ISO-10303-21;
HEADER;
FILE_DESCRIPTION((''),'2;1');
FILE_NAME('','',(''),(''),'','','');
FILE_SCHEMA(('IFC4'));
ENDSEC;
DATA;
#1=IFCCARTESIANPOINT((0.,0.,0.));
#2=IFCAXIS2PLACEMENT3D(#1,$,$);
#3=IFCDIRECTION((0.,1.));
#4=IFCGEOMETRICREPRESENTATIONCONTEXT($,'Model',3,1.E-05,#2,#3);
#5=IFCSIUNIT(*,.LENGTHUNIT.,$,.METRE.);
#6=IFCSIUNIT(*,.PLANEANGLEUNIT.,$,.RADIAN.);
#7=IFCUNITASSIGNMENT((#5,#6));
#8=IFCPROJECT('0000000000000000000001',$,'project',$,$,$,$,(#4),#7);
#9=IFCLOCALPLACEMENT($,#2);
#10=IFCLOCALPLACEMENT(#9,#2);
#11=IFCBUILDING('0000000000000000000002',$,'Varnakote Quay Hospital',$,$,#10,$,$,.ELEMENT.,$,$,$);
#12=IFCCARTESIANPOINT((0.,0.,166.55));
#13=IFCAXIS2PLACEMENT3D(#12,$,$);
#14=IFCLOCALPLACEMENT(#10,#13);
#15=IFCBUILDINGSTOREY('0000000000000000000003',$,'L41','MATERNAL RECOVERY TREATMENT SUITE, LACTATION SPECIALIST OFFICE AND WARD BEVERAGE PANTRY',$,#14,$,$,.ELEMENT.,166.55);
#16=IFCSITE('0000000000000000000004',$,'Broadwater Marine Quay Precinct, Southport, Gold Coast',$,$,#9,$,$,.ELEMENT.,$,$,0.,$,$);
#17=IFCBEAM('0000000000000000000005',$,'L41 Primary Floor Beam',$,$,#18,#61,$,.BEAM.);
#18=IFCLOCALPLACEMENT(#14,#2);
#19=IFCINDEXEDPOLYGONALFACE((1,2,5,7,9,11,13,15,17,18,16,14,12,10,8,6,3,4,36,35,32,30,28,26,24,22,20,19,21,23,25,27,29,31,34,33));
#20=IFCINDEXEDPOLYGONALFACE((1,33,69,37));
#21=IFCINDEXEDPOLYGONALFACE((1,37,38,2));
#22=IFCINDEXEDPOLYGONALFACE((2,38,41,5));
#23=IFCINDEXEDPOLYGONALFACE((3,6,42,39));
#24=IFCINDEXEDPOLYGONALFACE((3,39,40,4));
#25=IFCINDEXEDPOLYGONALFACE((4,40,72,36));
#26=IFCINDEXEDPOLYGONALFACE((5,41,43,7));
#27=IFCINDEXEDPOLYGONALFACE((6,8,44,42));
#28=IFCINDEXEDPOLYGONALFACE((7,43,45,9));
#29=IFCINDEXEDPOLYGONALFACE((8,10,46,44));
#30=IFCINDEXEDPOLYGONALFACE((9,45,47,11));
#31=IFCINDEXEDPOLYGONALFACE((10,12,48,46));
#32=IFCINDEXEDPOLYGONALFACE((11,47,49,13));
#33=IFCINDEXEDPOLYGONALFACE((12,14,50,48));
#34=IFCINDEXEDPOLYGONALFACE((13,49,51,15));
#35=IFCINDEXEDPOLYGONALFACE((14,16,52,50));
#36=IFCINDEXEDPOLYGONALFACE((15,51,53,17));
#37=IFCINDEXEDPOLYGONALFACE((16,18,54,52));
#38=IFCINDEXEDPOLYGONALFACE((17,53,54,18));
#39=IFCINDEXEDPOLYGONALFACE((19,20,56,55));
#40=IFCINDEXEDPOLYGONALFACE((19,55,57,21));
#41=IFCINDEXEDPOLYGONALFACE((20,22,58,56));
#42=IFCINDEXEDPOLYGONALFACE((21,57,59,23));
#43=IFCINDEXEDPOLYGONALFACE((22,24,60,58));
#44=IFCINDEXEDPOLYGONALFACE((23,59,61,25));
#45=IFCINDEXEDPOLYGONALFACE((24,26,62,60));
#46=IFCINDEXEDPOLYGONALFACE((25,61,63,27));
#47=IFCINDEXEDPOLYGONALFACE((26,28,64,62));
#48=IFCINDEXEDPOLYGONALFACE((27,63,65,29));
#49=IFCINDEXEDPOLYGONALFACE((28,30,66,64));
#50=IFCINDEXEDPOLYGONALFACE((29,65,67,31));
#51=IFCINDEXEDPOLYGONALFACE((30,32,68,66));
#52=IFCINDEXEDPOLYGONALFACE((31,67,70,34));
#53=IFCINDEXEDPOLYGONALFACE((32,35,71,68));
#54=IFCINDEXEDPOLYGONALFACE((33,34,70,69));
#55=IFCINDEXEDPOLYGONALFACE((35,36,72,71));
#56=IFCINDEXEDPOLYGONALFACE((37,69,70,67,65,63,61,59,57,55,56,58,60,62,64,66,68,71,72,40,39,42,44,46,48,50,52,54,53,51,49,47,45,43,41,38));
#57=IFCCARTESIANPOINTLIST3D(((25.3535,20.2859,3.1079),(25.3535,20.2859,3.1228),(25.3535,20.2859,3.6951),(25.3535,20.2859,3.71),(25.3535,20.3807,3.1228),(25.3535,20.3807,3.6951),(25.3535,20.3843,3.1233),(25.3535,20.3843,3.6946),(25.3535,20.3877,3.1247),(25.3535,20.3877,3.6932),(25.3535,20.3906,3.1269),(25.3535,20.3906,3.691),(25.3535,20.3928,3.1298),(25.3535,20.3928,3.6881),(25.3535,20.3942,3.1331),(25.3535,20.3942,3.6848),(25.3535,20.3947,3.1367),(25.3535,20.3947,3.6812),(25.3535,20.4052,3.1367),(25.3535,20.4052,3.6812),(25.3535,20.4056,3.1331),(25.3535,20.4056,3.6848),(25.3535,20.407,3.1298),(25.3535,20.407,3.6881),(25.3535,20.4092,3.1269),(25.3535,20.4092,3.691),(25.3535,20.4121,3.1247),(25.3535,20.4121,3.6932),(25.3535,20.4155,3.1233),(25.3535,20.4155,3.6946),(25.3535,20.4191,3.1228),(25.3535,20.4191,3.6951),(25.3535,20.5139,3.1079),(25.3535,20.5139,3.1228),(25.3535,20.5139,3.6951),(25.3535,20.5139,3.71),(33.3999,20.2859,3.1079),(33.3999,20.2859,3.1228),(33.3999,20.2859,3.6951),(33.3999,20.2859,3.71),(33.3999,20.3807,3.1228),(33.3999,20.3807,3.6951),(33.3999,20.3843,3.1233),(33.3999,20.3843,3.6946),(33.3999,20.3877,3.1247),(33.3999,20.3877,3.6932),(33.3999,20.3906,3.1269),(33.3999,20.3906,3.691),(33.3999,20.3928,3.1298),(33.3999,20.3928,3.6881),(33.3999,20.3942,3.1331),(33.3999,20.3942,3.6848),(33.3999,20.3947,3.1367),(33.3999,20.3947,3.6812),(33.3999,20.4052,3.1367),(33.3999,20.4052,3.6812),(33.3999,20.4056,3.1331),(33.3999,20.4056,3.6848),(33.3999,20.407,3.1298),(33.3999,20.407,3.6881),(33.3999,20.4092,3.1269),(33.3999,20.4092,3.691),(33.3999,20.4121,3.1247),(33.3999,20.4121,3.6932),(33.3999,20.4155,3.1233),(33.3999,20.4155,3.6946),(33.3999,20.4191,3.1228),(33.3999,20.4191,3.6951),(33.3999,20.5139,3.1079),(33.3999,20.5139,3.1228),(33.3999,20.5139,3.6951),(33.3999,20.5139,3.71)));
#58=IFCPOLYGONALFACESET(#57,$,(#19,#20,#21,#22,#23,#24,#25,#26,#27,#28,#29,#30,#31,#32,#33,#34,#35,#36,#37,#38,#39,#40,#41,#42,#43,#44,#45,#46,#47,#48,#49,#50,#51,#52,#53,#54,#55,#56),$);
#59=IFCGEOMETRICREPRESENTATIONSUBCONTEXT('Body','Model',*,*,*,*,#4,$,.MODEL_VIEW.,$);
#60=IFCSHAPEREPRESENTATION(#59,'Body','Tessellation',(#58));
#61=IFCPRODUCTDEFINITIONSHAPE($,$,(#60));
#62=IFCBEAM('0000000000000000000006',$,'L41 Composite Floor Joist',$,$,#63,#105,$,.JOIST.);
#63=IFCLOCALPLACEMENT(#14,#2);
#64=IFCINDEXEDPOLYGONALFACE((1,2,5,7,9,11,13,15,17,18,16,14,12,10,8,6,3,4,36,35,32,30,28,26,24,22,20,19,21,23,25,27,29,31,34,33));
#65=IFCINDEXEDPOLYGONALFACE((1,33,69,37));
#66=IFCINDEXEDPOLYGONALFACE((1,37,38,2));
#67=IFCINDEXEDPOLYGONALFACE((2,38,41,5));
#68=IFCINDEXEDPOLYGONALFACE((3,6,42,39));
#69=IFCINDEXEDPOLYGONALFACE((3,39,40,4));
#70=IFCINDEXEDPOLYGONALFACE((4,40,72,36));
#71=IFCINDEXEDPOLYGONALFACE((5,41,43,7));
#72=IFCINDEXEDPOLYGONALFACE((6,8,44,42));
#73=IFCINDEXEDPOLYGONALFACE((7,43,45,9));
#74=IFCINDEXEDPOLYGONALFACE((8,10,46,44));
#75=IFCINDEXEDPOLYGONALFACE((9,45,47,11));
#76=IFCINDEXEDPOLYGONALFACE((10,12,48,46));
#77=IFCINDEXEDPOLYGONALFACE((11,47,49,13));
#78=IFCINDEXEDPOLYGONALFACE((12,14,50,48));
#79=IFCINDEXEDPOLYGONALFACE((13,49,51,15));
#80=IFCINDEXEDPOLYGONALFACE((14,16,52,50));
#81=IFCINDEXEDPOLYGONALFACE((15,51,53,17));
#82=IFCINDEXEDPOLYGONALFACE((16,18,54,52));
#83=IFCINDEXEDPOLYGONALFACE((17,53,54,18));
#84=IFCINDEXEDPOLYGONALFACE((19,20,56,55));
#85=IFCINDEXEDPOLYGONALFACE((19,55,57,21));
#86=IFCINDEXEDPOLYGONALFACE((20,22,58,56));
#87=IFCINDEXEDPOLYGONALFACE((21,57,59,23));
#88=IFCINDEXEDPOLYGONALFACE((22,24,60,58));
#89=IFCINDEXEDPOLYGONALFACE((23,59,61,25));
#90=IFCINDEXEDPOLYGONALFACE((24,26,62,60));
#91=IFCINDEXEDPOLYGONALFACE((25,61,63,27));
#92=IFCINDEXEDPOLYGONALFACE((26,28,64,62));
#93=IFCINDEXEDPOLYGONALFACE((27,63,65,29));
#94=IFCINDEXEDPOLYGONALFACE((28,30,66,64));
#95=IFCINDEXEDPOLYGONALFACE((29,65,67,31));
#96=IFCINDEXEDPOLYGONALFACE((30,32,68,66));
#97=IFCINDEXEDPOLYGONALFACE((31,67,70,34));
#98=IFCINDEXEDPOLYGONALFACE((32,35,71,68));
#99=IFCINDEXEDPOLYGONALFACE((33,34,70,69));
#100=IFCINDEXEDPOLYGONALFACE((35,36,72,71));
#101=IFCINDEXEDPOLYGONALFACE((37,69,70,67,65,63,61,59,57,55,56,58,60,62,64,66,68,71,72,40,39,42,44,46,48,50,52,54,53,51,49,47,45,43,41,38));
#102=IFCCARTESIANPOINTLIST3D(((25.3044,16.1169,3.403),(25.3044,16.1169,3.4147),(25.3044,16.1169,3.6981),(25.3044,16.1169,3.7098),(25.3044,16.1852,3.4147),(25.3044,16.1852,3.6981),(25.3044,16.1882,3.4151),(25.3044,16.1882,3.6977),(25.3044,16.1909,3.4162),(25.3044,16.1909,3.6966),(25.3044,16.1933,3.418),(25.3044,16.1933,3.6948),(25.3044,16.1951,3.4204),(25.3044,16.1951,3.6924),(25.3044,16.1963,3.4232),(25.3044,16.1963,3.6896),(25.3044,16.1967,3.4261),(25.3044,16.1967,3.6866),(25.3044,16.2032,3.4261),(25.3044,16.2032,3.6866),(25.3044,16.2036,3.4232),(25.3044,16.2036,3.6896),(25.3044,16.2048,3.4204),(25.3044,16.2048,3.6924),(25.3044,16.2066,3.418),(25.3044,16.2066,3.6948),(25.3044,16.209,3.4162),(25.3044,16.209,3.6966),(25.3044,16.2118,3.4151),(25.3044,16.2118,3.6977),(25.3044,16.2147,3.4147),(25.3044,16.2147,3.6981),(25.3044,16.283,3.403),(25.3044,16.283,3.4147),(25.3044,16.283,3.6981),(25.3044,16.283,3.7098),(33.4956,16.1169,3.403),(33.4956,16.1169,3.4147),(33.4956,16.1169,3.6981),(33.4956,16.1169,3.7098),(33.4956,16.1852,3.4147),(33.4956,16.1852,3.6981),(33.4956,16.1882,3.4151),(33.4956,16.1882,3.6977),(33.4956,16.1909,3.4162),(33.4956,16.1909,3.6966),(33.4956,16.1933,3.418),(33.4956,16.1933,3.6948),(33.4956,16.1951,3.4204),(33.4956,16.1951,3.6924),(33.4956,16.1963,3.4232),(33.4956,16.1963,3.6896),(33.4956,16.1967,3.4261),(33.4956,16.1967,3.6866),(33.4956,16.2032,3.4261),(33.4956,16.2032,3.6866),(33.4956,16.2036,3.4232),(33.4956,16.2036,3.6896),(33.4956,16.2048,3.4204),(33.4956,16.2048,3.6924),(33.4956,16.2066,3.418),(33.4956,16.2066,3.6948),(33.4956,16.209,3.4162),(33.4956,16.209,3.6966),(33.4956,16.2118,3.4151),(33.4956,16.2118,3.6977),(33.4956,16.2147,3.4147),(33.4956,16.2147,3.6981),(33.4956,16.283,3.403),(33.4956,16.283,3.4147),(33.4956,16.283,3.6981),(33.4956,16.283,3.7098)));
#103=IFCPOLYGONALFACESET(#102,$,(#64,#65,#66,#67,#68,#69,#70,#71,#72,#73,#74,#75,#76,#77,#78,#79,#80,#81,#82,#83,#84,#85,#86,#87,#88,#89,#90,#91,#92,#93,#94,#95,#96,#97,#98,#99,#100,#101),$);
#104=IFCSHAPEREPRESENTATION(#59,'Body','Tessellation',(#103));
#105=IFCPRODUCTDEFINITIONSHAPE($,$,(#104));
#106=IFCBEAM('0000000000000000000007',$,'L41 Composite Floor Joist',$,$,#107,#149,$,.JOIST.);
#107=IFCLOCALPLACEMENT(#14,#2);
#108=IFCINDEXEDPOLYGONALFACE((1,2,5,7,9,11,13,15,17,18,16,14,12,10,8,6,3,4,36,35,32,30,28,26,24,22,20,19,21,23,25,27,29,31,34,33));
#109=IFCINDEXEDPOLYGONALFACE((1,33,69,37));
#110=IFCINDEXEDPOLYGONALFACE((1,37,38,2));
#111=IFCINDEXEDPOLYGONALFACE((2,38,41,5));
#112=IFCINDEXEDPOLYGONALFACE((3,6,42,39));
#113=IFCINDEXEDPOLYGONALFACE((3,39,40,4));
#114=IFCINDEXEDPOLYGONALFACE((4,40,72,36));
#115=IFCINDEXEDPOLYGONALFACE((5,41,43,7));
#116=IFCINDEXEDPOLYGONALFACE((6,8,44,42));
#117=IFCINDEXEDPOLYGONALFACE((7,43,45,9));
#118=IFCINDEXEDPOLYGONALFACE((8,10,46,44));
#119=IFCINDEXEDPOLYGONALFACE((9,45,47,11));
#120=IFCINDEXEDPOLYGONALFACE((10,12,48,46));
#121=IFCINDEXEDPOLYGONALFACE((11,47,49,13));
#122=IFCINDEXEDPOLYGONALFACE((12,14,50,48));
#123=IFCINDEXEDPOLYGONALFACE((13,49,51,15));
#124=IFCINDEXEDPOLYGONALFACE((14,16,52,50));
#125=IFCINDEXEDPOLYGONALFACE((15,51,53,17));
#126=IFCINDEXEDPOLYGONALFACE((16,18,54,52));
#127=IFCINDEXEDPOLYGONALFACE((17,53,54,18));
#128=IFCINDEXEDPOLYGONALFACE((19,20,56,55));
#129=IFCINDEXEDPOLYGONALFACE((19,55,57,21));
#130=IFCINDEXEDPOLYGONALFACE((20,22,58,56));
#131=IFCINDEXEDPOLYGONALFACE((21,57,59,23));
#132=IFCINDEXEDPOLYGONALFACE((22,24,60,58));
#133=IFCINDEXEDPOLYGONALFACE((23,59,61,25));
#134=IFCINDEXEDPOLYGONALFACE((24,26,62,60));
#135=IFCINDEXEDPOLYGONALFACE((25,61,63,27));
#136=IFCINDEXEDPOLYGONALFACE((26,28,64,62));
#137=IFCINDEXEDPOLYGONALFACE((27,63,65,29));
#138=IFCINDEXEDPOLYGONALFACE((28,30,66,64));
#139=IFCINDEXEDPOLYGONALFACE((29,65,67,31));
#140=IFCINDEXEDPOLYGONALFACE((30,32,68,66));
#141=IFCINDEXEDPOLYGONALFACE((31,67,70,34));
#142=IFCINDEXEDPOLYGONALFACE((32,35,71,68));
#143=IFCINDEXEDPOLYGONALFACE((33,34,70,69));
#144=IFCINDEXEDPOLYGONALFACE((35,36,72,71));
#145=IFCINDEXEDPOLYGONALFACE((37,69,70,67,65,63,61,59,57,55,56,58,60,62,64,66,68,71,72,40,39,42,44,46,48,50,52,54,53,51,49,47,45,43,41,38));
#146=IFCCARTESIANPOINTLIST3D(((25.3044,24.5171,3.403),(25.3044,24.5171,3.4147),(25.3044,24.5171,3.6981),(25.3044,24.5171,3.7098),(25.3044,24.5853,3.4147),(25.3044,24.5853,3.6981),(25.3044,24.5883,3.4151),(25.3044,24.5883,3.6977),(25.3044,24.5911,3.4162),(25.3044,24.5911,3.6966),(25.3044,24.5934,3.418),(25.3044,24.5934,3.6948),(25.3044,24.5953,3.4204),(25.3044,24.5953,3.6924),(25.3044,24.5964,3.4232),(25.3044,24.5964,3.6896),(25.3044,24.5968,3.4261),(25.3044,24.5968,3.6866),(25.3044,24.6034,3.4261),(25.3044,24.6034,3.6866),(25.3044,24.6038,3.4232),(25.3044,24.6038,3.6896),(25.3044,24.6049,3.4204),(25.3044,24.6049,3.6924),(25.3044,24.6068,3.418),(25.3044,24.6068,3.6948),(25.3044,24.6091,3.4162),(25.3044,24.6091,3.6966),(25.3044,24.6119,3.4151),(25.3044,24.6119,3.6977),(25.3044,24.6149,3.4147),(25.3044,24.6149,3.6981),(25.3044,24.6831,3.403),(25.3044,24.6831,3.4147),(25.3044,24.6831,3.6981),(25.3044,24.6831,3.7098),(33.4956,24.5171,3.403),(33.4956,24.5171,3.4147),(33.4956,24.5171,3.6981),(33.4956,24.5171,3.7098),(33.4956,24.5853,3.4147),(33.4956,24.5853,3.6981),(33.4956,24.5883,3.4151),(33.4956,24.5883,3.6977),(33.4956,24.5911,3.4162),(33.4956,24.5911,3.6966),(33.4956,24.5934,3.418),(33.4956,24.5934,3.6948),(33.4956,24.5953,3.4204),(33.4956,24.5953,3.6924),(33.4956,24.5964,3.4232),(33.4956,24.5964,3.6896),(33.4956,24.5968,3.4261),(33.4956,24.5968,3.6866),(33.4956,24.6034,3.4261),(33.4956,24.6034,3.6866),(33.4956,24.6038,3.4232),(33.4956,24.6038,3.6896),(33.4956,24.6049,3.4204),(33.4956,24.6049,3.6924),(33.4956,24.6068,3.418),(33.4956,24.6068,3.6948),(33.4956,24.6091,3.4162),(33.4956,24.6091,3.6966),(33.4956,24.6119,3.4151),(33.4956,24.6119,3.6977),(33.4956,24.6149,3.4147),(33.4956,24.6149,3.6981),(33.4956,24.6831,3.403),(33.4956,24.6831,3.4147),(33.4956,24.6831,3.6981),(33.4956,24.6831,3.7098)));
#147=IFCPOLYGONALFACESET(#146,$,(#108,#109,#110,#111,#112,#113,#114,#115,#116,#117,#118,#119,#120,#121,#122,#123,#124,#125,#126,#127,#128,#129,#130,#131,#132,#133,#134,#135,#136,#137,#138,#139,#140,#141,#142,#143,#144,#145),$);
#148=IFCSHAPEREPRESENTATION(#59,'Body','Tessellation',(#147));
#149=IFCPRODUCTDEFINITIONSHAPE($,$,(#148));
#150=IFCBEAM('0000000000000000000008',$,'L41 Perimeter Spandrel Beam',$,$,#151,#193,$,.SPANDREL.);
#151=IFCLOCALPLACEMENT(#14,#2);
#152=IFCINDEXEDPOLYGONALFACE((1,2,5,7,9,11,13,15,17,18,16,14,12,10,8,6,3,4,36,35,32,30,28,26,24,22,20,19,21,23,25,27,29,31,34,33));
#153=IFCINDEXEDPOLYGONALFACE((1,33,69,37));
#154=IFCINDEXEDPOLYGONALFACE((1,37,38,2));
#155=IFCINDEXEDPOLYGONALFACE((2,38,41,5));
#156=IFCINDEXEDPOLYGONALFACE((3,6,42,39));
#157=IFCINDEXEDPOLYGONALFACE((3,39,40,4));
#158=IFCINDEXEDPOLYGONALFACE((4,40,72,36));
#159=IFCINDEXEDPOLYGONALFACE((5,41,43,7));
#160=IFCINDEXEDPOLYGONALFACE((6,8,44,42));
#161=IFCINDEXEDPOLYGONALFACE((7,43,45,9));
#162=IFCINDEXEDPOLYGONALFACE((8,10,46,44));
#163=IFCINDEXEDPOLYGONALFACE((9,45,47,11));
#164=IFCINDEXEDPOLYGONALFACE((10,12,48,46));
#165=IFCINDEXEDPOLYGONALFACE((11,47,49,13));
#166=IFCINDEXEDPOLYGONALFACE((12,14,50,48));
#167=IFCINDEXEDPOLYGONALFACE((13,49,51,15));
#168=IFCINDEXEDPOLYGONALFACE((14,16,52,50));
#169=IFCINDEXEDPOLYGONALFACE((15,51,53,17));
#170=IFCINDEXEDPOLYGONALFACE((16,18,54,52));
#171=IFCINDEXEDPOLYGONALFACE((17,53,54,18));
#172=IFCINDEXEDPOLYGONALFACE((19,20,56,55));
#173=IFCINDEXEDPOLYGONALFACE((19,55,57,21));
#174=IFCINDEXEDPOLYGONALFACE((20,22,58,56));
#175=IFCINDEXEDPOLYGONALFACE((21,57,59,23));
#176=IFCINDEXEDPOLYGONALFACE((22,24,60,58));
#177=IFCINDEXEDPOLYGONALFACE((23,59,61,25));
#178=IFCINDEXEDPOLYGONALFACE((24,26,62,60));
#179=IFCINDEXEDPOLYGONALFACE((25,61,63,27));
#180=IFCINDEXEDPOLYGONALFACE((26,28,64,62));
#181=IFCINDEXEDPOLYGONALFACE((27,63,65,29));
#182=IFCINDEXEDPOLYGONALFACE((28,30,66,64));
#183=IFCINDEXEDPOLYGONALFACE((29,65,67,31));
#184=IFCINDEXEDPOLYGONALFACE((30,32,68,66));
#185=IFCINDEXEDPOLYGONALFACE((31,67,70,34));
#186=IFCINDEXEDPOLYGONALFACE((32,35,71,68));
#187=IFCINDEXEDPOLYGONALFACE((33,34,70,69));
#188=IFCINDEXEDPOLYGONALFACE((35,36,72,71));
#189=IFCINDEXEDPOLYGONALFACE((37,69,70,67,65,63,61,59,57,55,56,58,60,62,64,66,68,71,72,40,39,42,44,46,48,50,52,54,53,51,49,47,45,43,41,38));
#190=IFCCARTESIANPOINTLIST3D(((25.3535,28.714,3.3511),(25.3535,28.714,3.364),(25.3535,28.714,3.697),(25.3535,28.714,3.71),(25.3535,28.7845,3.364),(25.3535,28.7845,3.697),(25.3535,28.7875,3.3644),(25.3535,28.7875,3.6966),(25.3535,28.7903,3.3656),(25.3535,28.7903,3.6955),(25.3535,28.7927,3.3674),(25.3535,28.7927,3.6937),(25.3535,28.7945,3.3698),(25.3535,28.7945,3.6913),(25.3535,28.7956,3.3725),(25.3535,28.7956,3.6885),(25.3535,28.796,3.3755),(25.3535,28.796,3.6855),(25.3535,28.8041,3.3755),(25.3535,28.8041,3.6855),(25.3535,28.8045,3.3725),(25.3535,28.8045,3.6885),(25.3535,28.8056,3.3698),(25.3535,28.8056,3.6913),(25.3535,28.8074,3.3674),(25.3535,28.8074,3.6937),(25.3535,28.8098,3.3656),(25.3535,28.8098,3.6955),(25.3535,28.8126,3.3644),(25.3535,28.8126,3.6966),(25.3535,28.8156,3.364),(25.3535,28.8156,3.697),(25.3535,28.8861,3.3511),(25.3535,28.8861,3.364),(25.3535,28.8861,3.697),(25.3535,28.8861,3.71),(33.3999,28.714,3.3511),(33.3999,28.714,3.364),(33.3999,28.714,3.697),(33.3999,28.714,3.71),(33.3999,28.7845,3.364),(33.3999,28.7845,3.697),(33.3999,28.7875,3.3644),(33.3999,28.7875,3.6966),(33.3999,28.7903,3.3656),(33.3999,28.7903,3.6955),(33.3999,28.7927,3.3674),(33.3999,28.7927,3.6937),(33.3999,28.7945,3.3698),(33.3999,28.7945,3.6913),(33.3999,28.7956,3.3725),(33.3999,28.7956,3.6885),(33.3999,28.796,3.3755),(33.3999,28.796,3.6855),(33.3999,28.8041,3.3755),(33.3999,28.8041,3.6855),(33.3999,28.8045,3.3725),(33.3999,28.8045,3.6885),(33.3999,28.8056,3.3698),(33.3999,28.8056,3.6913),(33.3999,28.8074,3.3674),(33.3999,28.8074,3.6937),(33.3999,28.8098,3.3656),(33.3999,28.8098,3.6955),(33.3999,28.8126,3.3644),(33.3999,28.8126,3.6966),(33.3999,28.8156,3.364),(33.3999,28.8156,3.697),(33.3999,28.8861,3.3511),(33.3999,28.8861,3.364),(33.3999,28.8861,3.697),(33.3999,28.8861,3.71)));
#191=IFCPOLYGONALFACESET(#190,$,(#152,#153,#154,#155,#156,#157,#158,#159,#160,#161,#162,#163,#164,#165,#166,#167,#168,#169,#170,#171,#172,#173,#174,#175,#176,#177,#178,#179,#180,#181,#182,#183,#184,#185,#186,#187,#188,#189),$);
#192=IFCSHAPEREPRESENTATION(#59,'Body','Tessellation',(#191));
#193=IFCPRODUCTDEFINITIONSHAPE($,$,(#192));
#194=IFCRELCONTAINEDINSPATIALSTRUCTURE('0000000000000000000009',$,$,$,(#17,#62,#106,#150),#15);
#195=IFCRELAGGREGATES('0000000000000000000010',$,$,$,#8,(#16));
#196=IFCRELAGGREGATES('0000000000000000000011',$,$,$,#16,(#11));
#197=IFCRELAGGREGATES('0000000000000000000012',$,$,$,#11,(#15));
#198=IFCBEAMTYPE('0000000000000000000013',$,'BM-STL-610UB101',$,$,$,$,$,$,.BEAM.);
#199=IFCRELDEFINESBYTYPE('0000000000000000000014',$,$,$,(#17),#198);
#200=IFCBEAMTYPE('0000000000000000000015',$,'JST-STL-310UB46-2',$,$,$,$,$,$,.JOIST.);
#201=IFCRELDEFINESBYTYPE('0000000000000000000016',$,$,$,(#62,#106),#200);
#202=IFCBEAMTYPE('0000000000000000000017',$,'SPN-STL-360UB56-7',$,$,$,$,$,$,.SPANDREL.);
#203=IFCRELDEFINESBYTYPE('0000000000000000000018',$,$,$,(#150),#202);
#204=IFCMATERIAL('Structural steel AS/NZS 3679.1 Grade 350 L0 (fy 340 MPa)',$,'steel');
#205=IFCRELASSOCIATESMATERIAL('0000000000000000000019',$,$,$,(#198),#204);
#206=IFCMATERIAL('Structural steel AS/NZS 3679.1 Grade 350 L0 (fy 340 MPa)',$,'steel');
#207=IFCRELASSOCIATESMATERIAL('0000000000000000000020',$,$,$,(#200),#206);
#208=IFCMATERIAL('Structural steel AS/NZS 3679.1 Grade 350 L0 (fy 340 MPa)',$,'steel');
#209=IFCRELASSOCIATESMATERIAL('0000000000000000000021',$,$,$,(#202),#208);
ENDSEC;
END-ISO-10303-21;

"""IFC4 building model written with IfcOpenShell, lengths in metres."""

from ifc_helpers import new_model, si_unit, direction, frame, origin, origin_2d, place, context, subcontext, project, spatial, i_section, extrude, material, material_profile, profile_set, type_object, element, save


model = new_model("IFC4")

# Units and contexts
model_context = context("Model", 3, precision=1e-05, world=origin(), true_north=direction((0.0, 1.0)))
body_context = subcontext(model_context, "Body", "Model", "MODEL_VIEW")
ifc_project = project(units=[si_unit("LENGTHUNIT", "METRE"), si_unit("PLANEANGLEUNIT", "RADIAN")], contexts=[model_context])

# Site, building, storey
site_placement = place(None, origin())
site = spatial("IfcSite", under=ifc_project, at=site_placement, Name="Broadwater Marine Quay Precinct, Southport, Gold Coast", CompositionType="ELEMENT", RefElevation=0.0)
building_placement = place(site_placement, origin())
building = spatial("IfcBuilding", under=site, at=building_placement, Name="Varnakote Quay Hospital", CompositionType="ELEMENT")
storey_placement = place(building_placement, frame((0.0, 0.0, 166.55)))
storey = spatial("IfcBuildingStorey", under=building, at=storey_placement, Name="L41", Description="MATERNAL RECOVERY TREATMENT SUITE, LACTATION SPECIALIST OFFICE AND WARD BEVERAGE PANTRY", CompositionType="ELEMENT", Elevation=166.55)

# Beams
ifc_material_1 = material(Name="Structural steel AS/NZS 3679.1 Grade 350 L0 (fy 340 MPa)", Category="steel")
ifc_material_profile_1 = material_profile(ifc_material_1, i_section(OverallWidth=0.228, OverallDepth=0.6021, WebThickness=0.0105, FlangeThickness=0.0149, FilletRadius=0.0139, at=origin_2d()), Name="610UB101")
ifc_profile_set_1 = profile_set([ifc_material_profile_1], Name="Structural steel AS/NZS 3679.1 Grade 350 L0 (fy 340 MPa)")
beam_type_1 = type_object("IfcBeamType", Name="BM-STL-610UB101", PredefinedType="BEAM", material=ifc_profile_set_1)
beam_1_placement = place(storey_placement, frame((25.3535, 20.3999, 3.4089), z_axis=(1.0, 0.0, 0.0), x_axis=(0.0, 1.0, 0.0)))
element("IfcBeam", 1, at=beam_1_placement, inside=storey, type_object=beam_type_1, Name="L41 Primary Floor Beam", PredefinedType="BEAM", context=body_context, shape_type="SweptSolid", body=[
    extrude(i_section(OverallWidth=0.228, OverallDepth=0.6021, WebThickness=0.0105, FlangeThickness=0.0149, FilletRadius=0.0139, at=origin_2d()), origin(), (0.0, 0.0, 1.0), 8.0464),
])
ifc_material_2 = material(Name="Structural steel AS/NZS 3679.1 Grade 350 L0 (fy 340 MPa)", Category="steel")
ifc_material_profile_2 = material_profile(ifc_material_2, i_section(OverallWidth=0.166, OverallDepth=0.3069, WebThickness=0.0066, FlangeThickness=0.0117, FilletRadius=0.0115, at=origin_2d()), Name="310UB46.2")
ifc_profile_set_2 = profile_set([ifc_material_profile_2], Name="Structural steel AS/NZS 3679.1 Grade 350 L0 (fy 340 MPa)")
beam_type_2 = type_object("IfcBeamType", Name="JST-STL-310UB46-2", PredefinedType="JOIST", material=ifc_profile_set_2)
for number, where, z_axis, x_axis, name in (
    (2, (25.3044, 16.2, 3.5564), (1.0, 0.0, 0.0), (0.0, 1.0, 0.0), "L41 Composite Floor Joist"),
    (3, (25.3044, 24.6001, 3.5564), (1.0, 0.0, 0.0), (0.0, 1.0, 0.0), "L41 Composite Floor Joist"),
):
    element("IfcBeam", number, at=place(storey_placement, frame(where, z_axis=z_axis, x_axis=x_axis)), inside=storey, type_object=beam_type_2, Name=name, PredefinedType="JOIST", context=body_context, shape_type="SweptSolid", body=[
        extrude(i_section(OverallWidth=0.166, OverallDepth=0.3069, WebThickness=0.0066, FlangeThickness=0.0117, FilletRadius=0.0115, at=origin_2d()), origin(), (0.0, 0.0, 1.0), 8.1912),
    ])
ifc_material_3 = material(Name="Structural steel AS/NZS 3679.1 Grade 350 L0 (fy 340 MPa)", Category="steel")
ifc_material_profile_3 = material_profile(ifc_material_3, i_section(OverallWidth=0.1721, OverallDepth=0.3589, WebThickness=0.0081, FlangeThickness=0.0129, FilletRadius=0.0115, at=origin_2d()), Name="360UB56.7")
ifc_profile_set_3 = profile_set([ifc_material_profile_3], Name="Structural steel AS/NZS 3679.1 Grade 350 L0 (fy 340 MPa)")
beam_type_3 = type_object("IfcBeamType", Name="SPN-STL-360UB56-7", PredefinedType="SPANDREL", material=ifc_profile_set_3)
beam_2_placement = place(storey_placement, frame((25.3535, 28.8, 3.5305), z_axis=(1.0, 0.0, 0.0), x_axis=(0.0, 1.0, 0.0)))
element("IfcBeam", 4, at=beam_2_placement, inside=storey, type_object=beam_type_3, Name="L41 Perimeter Spandrel Beam", PredefinedType="SPANDREL", context=body_context, shape_type="SweptSolid", body=[
    extrude(i_section(OverallWidth=0.1721, OverallDepth=0.3589, WebThickness=0.0081, FlangeThickness=0.0129, FilletRadius=0.0115, at=origin_2d()), origin(), (0.0, 0.0, 1.0), 8.0464),
])

save(model, "model.ifc")
